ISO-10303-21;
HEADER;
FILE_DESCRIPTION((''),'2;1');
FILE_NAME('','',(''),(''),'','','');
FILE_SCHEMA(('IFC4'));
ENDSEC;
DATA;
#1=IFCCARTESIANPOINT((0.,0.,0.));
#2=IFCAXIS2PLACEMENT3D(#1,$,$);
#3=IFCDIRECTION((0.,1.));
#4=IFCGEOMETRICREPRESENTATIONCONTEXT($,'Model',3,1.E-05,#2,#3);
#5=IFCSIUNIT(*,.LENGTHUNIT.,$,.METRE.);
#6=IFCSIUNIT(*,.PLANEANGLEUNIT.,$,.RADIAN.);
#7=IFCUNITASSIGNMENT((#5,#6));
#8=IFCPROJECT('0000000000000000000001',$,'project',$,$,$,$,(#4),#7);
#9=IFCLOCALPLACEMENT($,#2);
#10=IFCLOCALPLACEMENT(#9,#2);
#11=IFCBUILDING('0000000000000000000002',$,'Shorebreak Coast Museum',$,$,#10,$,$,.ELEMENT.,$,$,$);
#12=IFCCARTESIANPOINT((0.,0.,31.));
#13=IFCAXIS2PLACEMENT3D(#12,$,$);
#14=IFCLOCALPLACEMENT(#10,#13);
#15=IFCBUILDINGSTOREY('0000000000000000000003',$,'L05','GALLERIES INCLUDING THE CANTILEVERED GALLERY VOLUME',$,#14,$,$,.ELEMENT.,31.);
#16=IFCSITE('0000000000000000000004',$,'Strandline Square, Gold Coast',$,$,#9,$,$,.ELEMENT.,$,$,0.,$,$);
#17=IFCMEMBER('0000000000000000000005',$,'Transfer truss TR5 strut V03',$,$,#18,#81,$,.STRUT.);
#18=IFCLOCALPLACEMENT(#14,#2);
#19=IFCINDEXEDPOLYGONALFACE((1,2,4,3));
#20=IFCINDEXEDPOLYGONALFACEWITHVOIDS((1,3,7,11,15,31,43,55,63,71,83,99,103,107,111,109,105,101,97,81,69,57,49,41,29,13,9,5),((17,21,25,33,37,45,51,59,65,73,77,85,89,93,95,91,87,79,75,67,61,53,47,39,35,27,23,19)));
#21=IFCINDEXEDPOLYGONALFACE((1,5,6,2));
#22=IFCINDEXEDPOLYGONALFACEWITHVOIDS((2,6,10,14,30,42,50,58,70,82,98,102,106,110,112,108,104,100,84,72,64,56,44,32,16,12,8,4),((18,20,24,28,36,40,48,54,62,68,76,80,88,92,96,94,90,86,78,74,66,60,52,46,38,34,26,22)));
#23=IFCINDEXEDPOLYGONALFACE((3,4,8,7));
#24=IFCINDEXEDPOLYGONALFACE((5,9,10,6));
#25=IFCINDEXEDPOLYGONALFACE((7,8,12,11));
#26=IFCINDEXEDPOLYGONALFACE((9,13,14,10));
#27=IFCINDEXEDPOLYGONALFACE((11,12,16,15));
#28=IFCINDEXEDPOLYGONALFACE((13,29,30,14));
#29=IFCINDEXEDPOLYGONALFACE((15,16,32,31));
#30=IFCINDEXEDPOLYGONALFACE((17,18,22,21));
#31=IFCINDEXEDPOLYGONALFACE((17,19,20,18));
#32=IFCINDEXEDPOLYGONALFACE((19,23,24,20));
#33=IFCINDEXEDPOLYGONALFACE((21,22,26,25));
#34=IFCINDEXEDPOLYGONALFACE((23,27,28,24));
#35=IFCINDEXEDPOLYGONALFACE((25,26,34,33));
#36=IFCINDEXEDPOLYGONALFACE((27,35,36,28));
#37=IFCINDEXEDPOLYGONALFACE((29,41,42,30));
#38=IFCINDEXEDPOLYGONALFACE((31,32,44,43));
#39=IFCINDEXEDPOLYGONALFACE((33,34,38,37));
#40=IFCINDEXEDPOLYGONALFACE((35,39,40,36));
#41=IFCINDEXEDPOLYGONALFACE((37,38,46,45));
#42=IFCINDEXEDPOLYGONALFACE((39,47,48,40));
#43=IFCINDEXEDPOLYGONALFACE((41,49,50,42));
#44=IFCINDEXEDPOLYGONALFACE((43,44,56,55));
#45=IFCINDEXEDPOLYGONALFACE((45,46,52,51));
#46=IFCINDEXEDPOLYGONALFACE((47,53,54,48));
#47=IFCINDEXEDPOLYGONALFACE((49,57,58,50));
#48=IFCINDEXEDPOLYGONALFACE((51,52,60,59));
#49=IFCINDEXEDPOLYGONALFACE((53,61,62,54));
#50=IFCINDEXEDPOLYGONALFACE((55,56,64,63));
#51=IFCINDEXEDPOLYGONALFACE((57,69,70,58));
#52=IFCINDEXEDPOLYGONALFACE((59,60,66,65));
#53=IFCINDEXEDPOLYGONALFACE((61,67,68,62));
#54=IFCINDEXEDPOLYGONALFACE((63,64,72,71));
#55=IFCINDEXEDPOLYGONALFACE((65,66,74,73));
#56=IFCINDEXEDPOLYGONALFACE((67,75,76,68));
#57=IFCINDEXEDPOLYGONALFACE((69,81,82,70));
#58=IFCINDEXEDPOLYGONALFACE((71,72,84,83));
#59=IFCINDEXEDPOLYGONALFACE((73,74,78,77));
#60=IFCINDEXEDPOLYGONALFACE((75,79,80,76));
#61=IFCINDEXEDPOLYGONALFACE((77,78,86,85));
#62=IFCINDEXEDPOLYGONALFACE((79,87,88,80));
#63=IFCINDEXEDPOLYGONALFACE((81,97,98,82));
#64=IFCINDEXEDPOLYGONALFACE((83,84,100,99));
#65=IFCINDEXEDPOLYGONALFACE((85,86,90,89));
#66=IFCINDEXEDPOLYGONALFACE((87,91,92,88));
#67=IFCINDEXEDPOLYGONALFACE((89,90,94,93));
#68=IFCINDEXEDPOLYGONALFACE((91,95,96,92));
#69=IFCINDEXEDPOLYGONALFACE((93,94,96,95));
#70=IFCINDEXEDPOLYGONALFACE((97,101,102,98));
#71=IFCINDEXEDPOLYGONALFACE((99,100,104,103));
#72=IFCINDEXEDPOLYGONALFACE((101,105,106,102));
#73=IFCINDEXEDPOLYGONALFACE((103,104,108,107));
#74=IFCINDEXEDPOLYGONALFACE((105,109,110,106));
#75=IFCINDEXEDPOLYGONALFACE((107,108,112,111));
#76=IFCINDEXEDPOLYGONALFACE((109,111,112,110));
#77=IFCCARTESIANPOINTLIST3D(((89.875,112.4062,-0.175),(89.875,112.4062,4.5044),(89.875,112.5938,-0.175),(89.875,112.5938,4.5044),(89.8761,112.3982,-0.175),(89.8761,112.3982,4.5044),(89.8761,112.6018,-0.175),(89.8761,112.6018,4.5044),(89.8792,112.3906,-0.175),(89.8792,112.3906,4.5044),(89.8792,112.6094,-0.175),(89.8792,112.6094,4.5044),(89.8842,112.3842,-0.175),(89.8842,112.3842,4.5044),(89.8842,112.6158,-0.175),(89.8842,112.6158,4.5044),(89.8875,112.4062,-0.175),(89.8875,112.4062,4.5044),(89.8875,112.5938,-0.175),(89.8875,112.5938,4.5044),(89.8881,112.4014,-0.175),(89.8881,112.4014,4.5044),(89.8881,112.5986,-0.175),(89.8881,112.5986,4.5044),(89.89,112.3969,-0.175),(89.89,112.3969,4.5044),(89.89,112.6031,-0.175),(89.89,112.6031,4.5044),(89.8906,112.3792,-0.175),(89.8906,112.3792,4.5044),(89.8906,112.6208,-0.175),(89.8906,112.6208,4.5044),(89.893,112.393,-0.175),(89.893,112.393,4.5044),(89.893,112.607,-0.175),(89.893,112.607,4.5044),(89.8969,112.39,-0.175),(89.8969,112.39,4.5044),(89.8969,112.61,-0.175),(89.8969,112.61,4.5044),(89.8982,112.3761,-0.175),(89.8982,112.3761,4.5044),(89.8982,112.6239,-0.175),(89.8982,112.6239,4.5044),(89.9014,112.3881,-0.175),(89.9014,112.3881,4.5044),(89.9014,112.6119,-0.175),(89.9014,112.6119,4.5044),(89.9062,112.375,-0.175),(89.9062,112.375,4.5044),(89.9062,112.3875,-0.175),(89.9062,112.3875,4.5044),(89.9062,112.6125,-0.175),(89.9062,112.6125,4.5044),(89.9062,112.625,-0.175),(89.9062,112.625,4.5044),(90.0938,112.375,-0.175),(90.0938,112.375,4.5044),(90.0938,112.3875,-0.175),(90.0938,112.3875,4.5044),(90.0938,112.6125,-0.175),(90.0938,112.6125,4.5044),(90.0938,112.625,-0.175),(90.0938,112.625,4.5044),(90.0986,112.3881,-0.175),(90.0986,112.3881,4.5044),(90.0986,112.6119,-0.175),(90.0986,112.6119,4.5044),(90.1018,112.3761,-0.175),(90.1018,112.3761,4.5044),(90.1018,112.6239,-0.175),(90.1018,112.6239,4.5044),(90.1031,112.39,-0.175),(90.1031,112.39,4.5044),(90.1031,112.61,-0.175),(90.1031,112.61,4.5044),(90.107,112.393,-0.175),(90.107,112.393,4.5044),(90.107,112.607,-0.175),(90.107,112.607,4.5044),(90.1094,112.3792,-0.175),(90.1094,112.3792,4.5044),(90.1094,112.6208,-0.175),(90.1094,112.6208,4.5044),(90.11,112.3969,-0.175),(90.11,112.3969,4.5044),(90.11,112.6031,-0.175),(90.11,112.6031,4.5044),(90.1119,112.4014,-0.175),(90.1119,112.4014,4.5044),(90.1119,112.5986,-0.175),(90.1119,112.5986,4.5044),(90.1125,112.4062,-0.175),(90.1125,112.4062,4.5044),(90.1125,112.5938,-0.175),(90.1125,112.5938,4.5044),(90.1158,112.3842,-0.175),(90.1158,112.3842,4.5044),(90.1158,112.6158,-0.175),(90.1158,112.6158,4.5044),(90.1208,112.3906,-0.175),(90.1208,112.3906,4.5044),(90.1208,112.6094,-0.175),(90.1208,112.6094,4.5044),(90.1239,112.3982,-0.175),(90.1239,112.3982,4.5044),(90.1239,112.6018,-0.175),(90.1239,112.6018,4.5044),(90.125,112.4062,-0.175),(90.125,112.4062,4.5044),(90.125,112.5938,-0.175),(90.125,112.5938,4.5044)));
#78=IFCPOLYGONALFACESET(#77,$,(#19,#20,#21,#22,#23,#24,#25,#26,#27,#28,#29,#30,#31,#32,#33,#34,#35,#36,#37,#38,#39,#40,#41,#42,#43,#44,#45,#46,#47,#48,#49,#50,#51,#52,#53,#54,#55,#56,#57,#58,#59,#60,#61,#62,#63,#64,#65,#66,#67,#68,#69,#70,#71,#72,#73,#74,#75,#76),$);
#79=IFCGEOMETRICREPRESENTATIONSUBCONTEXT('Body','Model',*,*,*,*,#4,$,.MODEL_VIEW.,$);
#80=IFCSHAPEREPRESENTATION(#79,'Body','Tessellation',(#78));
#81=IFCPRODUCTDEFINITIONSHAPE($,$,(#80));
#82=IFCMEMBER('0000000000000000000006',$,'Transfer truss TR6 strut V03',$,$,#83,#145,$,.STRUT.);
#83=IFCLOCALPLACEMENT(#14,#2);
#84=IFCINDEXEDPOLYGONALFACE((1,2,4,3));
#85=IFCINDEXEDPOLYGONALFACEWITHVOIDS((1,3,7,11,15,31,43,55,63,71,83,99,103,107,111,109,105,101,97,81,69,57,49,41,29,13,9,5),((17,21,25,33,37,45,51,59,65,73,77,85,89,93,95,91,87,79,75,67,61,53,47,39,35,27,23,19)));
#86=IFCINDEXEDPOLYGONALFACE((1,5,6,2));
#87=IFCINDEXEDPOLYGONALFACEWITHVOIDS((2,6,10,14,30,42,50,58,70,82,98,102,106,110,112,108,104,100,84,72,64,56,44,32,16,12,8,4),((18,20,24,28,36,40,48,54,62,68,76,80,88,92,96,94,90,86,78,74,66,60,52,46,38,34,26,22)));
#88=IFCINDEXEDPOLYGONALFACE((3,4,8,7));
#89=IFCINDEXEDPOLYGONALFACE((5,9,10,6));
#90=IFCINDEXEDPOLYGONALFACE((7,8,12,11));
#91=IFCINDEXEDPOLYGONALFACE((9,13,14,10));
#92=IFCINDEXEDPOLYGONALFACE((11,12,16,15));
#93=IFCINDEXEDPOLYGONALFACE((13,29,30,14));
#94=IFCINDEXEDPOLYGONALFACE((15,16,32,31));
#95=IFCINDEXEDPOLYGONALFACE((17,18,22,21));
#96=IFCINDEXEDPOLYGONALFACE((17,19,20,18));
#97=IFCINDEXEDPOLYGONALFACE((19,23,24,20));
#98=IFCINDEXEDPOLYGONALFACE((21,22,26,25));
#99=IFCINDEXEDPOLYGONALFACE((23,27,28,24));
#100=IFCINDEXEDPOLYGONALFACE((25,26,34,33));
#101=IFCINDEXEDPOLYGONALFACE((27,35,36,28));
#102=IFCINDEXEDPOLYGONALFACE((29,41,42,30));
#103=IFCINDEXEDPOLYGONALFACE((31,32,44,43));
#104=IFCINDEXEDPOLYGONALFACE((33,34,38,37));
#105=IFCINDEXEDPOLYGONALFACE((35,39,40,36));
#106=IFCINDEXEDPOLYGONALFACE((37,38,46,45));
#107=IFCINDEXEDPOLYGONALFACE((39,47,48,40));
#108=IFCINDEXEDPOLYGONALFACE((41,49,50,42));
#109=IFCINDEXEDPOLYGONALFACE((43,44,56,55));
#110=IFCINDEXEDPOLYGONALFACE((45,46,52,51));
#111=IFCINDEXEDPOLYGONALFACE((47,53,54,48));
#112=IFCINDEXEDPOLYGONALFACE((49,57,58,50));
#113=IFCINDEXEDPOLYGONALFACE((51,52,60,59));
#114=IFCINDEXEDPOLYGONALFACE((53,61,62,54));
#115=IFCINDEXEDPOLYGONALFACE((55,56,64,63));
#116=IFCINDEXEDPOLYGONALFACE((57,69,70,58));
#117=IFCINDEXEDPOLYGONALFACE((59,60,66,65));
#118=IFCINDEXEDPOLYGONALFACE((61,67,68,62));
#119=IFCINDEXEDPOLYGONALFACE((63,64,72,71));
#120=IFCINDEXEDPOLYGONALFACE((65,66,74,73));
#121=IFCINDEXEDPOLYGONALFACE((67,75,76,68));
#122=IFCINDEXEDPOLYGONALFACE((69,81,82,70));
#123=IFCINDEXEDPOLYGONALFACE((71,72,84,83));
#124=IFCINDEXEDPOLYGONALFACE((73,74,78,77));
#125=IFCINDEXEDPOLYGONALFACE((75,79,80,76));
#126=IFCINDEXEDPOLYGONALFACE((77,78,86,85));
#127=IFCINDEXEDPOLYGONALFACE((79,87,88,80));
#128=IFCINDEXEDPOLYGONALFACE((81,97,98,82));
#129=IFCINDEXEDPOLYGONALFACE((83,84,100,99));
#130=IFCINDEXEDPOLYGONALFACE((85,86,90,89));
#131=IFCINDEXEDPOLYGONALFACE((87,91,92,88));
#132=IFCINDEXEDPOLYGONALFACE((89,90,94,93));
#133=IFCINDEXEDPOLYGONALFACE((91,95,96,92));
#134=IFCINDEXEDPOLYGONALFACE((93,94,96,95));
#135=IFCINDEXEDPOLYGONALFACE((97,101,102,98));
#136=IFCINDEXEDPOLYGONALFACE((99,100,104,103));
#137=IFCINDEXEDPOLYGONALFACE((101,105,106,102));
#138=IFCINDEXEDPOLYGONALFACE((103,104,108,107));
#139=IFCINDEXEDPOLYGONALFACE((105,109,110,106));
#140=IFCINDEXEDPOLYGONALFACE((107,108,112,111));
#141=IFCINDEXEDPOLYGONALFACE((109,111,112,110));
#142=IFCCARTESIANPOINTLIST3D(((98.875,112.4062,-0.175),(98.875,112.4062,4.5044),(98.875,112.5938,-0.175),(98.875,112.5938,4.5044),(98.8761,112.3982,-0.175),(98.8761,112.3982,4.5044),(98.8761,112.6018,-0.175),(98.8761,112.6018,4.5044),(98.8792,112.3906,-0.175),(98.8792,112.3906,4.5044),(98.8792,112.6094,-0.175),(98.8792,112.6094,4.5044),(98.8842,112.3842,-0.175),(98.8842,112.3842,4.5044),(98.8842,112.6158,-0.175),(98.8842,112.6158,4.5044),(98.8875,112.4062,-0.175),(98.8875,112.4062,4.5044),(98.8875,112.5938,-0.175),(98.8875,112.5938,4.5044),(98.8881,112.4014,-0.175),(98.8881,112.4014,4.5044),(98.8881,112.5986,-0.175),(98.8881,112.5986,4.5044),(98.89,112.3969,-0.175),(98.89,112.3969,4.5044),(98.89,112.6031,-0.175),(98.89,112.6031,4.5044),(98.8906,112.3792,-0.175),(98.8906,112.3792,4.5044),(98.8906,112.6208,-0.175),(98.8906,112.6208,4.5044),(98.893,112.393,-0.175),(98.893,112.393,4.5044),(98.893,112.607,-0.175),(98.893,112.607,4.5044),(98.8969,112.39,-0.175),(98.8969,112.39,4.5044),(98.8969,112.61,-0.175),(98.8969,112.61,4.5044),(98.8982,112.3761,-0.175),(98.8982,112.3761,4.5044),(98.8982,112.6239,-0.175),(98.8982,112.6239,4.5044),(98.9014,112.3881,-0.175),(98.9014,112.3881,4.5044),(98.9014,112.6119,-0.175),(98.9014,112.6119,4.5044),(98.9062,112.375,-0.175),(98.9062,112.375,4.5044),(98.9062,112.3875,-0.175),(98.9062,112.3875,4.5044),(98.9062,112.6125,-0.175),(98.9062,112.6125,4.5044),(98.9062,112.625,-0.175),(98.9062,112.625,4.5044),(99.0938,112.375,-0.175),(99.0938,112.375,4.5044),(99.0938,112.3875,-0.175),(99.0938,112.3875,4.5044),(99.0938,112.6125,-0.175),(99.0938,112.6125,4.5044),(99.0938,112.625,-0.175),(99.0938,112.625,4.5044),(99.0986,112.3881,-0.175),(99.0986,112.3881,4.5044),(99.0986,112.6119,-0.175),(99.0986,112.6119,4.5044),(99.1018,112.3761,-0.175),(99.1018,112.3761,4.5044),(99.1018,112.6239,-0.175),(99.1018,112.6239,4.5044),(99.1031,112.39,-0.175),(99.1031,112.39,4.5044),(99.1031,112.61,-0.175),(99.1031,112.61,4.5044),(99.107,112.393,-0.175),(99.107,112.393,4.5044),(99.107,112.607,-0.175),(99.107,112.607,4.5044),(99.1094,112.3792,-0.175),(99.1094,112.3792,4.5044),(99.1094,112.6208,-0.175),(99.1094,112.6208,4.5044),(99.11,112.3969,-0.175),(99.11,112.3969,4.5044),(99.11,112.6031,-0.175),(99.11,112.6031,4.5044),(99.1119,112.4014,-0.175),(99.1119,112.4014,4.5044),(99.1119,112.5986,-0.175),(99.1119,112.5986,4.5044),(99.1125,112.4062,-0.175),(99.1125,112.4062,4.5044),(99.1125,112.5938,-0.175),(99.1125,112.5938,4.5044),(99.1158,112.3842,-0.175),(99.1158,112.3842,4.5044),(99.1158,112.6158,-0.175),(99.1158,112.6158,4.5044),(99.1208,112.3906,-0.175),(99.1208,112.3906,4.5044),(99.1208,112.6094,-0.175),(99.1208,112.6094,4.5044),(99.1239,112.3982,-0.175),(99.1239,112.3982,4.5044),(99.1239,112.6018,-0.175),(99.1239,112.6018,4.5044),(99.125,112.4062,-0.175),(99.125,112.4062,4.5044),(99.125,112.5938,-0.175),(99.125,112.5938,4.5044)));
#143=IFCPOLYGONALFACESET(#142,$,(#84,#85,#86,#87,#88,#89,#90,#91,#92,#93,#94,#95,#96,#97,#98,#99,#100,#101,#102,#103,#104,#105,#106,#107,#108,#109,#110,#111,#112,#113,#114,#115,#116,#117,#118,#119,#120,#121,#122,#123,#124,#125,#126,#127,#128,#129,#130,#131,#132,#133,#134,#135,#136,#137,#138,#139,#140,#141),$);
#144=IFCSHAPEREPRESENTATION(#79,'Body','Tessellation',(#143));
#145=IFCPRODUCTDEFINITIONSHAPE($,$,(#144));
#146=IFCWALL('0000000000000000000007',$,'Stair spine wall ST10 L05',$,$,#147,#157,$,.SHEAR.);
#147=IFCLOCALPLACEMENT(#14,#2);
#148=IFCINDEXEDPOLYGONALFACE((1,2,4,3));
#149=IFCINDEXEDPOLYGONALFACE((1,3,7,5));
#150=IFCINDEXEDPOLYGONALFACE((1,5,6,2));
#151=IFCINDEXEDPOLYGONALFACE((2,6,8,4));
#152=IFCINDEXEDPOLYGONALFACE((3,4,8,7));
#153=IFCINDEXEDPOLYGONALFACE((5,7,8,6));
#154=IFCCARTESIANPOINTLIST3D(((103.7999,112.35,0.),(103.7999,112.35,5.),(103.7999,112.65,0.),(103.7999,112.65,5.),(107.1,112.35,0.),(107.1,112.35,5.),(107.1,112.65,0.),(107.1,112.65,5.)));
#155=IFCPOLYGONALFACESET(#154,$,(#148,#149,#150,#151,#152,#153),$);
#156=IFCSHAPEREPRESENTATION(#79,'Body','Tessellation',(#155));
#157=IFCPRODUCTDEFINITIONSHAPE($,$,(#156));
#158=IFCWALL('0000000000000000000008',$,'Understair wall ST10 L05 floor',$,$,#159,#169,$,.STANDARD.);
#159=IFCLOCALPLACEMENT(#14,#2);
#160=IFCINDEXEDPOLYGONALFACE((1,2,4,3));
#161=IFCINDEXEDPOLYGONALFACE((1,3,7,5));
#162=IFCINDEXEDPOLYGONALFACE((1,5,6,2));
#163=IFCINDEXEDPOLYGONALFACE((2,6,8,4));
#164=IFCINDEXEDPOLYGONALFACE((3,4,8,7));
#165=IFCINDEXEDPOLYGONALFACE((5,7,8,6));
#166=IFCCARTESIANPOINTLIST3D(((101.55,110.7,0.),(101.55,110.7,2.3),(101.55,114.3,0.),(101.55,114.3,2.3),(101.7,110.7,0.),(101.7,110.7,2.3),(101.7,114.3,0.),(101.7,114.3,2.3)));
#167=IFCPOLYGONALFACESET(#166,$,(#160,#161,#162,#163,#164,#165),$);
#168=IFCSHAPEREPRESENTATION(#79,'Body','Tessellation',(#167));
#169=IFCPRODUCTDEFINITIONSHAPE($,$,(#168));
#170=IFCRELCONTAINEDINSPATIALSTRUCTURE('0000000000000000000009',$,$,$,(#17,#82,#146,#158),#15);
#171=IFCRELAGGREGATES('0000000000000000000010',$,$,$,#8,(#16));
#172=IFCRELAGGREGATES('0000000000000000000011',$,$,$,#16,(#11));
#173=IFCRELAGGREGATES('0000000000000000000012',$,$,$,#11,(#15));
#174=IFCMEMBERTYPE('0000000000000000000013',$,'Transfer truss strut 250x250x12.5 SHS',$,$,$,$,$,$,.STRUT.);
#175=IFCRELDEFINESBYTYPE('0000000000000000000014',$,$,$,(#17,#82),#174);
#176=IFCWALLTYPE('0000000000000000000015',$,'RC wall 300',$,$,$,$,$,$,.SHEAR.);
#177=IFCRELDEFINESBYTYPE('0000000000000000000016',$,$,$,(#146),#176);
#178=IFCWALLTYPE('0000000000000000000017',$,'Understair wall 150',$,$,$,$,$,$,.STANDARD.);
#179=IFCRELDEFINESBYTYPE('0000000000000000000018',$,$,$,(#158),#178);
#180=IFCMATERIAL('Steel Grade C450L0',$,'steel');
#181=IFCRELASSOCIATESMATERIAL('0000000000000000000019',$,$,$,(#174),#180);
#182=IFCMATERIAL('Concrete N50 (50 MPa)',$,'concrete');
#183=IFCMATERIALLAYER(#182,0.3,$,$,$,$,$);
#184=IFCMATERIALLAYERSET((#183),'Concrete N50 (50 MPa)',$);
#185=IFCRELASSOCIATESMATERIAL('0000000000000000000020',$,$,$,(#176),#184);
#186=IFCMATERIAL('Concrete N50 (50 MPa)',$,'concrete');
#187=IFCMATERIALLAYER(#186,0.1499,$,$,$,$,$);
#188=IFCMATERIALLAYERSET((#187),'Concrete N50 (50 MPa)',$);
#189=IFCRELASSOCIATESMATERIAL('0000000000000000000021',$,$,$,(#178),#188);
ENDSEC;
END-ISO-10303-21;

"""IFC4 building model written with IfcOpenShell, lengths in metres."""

from ifc_helpers import new_model, si_unit, direction, frame, frame_2d, origin, origin_2d, place, context, subcontext, project, spatial, rectangle, hollow_rectangle, extrude, material, layer, layer_set, material_profile, profile_set, type_object, element, save


model = new_model("IFC4")

# Units and contexts
model_context = context("Model", 3, precision=1e-05, world=origin(), true_north=direction((0.0, 1.0)))
body_context = subcontext(model_context, "Body", "Model", "MODEL_VIEW")
ifc_project = project(units=[si_unit("LENGTHUNIT", "METRE"), si_unit("PLANEANGLEUNIT", "RADIAN")], contexts=[model_context])

# Site, building, storey
site_placement = place(None, origin())
site = spatial("IfcSite", under=ifc_project, at=site_placement, Name="Strandline Square, Gold Coast", CompositionType="ELEMENT", RefElevation=0.0)
building_placement = place(site_placement, origin())
building = spatial("IfcBuilding", under=site, at=building_placement, Name="Shorebreak Coast Museum", CompositionType="ELEMENT")
storey_placement = place(building_placement, frame((0.0, 0.0, 31.0)))
storey = spatial("IfcBuildingStorey", under=building, at=storey_placement, Name="L05", Description="GALLERIES INCLUDING THE CANTILEVERED GALLERY VOLUME", CompositionType="ELEMENT", Elevation=31.0)

# Members
ifc_material_1 = material(Name="Steel Grade C450L0", Category="steel")
ifc_material_profile_1 = material_profile(ifc_material_1, hollow_rectangle(XDim=0.25, YDim=0.25, WallThickness=0.0125, InnerFilletRadius=0.0188, OuterFilletRadius=0.0312, at=origin_2d()), Name="250x250x12.5 SHS")
ifc_profile_set_1 = profile_set([ifc_material_profile_1], Name="Steel Grade C450L0")
member_type_1 = type_object("IfcMemberType", Name="Transfer truss strut 250x250x12.5 SHS", PredefinedType="STRUT", material=ifc_profile_set_1)
for number, where, z_axis, x_axis, name in (
    (1, (90.0, 112.5, -0.175), (0.0, 0.0, 1.0), (1.0, 0.0, 0.0), "Transfer truss TR5 strut V03"),
    (2, (99.0, 112.5, -0.175), (0.0, 0.0, 1.0), (1.0, 0.0, 0.0), "Transfer truss TR6 strut V03"),
):
    element("IfcMember", number, at=place(storey_placement, frame(where, z_axis=z_axis, x_axis=x_axis)), inside=storey, type_object=member_type_1, Name=name, PredefinedType="STRUT", context=body_context, shape_type="SweptSolid", body=[
        extrude(hollow_rectangle(XDim=0.25, YDim=0.25, WallThickness=0.0125, InnerFilletRadius=0.0188, OuterFilletRadius=0.0312, at=origin_2d()), origin(), (0.0, 0.0, 1.0), 4.6794),
    ])

# Walls
ifc_material_2 = material(Name="Concrete N50 (50 MPa)", Category="concrete")
ifc_layer_1 = layer(ifc_material_2, 0.3)
ifc_layer_set_1 = layer_set([ifc_layer_1], Name="Concrete N50 (50 MPa)")
wall_type_1 = type_object("IfcWallType", Name="RC wall 300", PredefinedType="SHEAR", material=ifc_layer_set_1)
wall_1_placement = place(storey_placement, frame((103.8, 112.5, 0.0), z_axis=(0.0, 0.0, 1.0), x_axis=(1.0, 0.0, 0.0)))
element("IfcWall", 3, at=wall_1_placement, inside=storey, type_object=wall_type_1, Name="Stair spine wall ST10 L05", PredefinedType="SHEAR", context=body_context, shape_type="SweptSolid", body=[
    extrude(rectangle(XDim=3.3, YDim=0.3, at=frame_2d((1.6499, 0.0))), origin(), (0.0, 0.0, 1.0), 5.0),
])
ifc_material_3 = material(Name="Concrete N50 (50 MPa)", Category="concrete")
ifc_layer_2 = layer(ifc_material_3, 0.1499)
ifc_layer_set_2 = layer_set([ifc_layer_2], Name="Concrete N50 (50 MPa)")
wall_type_2 = type_object("IfcWallType", Name="Understair wall 150", PredefinedType="STANDARD", material=ifc_layer_set_2)
wall_2_placement = place(storey_placement, frame((101.625, 110.7, 0.0), z_axis=(0.0, 0.0, 1.0), x_axis=(0.0, 1.0, 0.0)))
element("IfcWall", 4, at=wall_2_placement, inside=storey, type_object=wall_type_2, Name="Understair wall ST10 L05 floor", PredefinedType="STANDARD", context=body_context, shape_type="SweptSolid", body=[
    extrude(rectangle(XDim=3.6001, YDim=0.1499, at=frame_2d((1.8, 0.0))), origin(), (0.0, 0.0, 1.0), 2.3),
])

save(model, "model.ifc")
